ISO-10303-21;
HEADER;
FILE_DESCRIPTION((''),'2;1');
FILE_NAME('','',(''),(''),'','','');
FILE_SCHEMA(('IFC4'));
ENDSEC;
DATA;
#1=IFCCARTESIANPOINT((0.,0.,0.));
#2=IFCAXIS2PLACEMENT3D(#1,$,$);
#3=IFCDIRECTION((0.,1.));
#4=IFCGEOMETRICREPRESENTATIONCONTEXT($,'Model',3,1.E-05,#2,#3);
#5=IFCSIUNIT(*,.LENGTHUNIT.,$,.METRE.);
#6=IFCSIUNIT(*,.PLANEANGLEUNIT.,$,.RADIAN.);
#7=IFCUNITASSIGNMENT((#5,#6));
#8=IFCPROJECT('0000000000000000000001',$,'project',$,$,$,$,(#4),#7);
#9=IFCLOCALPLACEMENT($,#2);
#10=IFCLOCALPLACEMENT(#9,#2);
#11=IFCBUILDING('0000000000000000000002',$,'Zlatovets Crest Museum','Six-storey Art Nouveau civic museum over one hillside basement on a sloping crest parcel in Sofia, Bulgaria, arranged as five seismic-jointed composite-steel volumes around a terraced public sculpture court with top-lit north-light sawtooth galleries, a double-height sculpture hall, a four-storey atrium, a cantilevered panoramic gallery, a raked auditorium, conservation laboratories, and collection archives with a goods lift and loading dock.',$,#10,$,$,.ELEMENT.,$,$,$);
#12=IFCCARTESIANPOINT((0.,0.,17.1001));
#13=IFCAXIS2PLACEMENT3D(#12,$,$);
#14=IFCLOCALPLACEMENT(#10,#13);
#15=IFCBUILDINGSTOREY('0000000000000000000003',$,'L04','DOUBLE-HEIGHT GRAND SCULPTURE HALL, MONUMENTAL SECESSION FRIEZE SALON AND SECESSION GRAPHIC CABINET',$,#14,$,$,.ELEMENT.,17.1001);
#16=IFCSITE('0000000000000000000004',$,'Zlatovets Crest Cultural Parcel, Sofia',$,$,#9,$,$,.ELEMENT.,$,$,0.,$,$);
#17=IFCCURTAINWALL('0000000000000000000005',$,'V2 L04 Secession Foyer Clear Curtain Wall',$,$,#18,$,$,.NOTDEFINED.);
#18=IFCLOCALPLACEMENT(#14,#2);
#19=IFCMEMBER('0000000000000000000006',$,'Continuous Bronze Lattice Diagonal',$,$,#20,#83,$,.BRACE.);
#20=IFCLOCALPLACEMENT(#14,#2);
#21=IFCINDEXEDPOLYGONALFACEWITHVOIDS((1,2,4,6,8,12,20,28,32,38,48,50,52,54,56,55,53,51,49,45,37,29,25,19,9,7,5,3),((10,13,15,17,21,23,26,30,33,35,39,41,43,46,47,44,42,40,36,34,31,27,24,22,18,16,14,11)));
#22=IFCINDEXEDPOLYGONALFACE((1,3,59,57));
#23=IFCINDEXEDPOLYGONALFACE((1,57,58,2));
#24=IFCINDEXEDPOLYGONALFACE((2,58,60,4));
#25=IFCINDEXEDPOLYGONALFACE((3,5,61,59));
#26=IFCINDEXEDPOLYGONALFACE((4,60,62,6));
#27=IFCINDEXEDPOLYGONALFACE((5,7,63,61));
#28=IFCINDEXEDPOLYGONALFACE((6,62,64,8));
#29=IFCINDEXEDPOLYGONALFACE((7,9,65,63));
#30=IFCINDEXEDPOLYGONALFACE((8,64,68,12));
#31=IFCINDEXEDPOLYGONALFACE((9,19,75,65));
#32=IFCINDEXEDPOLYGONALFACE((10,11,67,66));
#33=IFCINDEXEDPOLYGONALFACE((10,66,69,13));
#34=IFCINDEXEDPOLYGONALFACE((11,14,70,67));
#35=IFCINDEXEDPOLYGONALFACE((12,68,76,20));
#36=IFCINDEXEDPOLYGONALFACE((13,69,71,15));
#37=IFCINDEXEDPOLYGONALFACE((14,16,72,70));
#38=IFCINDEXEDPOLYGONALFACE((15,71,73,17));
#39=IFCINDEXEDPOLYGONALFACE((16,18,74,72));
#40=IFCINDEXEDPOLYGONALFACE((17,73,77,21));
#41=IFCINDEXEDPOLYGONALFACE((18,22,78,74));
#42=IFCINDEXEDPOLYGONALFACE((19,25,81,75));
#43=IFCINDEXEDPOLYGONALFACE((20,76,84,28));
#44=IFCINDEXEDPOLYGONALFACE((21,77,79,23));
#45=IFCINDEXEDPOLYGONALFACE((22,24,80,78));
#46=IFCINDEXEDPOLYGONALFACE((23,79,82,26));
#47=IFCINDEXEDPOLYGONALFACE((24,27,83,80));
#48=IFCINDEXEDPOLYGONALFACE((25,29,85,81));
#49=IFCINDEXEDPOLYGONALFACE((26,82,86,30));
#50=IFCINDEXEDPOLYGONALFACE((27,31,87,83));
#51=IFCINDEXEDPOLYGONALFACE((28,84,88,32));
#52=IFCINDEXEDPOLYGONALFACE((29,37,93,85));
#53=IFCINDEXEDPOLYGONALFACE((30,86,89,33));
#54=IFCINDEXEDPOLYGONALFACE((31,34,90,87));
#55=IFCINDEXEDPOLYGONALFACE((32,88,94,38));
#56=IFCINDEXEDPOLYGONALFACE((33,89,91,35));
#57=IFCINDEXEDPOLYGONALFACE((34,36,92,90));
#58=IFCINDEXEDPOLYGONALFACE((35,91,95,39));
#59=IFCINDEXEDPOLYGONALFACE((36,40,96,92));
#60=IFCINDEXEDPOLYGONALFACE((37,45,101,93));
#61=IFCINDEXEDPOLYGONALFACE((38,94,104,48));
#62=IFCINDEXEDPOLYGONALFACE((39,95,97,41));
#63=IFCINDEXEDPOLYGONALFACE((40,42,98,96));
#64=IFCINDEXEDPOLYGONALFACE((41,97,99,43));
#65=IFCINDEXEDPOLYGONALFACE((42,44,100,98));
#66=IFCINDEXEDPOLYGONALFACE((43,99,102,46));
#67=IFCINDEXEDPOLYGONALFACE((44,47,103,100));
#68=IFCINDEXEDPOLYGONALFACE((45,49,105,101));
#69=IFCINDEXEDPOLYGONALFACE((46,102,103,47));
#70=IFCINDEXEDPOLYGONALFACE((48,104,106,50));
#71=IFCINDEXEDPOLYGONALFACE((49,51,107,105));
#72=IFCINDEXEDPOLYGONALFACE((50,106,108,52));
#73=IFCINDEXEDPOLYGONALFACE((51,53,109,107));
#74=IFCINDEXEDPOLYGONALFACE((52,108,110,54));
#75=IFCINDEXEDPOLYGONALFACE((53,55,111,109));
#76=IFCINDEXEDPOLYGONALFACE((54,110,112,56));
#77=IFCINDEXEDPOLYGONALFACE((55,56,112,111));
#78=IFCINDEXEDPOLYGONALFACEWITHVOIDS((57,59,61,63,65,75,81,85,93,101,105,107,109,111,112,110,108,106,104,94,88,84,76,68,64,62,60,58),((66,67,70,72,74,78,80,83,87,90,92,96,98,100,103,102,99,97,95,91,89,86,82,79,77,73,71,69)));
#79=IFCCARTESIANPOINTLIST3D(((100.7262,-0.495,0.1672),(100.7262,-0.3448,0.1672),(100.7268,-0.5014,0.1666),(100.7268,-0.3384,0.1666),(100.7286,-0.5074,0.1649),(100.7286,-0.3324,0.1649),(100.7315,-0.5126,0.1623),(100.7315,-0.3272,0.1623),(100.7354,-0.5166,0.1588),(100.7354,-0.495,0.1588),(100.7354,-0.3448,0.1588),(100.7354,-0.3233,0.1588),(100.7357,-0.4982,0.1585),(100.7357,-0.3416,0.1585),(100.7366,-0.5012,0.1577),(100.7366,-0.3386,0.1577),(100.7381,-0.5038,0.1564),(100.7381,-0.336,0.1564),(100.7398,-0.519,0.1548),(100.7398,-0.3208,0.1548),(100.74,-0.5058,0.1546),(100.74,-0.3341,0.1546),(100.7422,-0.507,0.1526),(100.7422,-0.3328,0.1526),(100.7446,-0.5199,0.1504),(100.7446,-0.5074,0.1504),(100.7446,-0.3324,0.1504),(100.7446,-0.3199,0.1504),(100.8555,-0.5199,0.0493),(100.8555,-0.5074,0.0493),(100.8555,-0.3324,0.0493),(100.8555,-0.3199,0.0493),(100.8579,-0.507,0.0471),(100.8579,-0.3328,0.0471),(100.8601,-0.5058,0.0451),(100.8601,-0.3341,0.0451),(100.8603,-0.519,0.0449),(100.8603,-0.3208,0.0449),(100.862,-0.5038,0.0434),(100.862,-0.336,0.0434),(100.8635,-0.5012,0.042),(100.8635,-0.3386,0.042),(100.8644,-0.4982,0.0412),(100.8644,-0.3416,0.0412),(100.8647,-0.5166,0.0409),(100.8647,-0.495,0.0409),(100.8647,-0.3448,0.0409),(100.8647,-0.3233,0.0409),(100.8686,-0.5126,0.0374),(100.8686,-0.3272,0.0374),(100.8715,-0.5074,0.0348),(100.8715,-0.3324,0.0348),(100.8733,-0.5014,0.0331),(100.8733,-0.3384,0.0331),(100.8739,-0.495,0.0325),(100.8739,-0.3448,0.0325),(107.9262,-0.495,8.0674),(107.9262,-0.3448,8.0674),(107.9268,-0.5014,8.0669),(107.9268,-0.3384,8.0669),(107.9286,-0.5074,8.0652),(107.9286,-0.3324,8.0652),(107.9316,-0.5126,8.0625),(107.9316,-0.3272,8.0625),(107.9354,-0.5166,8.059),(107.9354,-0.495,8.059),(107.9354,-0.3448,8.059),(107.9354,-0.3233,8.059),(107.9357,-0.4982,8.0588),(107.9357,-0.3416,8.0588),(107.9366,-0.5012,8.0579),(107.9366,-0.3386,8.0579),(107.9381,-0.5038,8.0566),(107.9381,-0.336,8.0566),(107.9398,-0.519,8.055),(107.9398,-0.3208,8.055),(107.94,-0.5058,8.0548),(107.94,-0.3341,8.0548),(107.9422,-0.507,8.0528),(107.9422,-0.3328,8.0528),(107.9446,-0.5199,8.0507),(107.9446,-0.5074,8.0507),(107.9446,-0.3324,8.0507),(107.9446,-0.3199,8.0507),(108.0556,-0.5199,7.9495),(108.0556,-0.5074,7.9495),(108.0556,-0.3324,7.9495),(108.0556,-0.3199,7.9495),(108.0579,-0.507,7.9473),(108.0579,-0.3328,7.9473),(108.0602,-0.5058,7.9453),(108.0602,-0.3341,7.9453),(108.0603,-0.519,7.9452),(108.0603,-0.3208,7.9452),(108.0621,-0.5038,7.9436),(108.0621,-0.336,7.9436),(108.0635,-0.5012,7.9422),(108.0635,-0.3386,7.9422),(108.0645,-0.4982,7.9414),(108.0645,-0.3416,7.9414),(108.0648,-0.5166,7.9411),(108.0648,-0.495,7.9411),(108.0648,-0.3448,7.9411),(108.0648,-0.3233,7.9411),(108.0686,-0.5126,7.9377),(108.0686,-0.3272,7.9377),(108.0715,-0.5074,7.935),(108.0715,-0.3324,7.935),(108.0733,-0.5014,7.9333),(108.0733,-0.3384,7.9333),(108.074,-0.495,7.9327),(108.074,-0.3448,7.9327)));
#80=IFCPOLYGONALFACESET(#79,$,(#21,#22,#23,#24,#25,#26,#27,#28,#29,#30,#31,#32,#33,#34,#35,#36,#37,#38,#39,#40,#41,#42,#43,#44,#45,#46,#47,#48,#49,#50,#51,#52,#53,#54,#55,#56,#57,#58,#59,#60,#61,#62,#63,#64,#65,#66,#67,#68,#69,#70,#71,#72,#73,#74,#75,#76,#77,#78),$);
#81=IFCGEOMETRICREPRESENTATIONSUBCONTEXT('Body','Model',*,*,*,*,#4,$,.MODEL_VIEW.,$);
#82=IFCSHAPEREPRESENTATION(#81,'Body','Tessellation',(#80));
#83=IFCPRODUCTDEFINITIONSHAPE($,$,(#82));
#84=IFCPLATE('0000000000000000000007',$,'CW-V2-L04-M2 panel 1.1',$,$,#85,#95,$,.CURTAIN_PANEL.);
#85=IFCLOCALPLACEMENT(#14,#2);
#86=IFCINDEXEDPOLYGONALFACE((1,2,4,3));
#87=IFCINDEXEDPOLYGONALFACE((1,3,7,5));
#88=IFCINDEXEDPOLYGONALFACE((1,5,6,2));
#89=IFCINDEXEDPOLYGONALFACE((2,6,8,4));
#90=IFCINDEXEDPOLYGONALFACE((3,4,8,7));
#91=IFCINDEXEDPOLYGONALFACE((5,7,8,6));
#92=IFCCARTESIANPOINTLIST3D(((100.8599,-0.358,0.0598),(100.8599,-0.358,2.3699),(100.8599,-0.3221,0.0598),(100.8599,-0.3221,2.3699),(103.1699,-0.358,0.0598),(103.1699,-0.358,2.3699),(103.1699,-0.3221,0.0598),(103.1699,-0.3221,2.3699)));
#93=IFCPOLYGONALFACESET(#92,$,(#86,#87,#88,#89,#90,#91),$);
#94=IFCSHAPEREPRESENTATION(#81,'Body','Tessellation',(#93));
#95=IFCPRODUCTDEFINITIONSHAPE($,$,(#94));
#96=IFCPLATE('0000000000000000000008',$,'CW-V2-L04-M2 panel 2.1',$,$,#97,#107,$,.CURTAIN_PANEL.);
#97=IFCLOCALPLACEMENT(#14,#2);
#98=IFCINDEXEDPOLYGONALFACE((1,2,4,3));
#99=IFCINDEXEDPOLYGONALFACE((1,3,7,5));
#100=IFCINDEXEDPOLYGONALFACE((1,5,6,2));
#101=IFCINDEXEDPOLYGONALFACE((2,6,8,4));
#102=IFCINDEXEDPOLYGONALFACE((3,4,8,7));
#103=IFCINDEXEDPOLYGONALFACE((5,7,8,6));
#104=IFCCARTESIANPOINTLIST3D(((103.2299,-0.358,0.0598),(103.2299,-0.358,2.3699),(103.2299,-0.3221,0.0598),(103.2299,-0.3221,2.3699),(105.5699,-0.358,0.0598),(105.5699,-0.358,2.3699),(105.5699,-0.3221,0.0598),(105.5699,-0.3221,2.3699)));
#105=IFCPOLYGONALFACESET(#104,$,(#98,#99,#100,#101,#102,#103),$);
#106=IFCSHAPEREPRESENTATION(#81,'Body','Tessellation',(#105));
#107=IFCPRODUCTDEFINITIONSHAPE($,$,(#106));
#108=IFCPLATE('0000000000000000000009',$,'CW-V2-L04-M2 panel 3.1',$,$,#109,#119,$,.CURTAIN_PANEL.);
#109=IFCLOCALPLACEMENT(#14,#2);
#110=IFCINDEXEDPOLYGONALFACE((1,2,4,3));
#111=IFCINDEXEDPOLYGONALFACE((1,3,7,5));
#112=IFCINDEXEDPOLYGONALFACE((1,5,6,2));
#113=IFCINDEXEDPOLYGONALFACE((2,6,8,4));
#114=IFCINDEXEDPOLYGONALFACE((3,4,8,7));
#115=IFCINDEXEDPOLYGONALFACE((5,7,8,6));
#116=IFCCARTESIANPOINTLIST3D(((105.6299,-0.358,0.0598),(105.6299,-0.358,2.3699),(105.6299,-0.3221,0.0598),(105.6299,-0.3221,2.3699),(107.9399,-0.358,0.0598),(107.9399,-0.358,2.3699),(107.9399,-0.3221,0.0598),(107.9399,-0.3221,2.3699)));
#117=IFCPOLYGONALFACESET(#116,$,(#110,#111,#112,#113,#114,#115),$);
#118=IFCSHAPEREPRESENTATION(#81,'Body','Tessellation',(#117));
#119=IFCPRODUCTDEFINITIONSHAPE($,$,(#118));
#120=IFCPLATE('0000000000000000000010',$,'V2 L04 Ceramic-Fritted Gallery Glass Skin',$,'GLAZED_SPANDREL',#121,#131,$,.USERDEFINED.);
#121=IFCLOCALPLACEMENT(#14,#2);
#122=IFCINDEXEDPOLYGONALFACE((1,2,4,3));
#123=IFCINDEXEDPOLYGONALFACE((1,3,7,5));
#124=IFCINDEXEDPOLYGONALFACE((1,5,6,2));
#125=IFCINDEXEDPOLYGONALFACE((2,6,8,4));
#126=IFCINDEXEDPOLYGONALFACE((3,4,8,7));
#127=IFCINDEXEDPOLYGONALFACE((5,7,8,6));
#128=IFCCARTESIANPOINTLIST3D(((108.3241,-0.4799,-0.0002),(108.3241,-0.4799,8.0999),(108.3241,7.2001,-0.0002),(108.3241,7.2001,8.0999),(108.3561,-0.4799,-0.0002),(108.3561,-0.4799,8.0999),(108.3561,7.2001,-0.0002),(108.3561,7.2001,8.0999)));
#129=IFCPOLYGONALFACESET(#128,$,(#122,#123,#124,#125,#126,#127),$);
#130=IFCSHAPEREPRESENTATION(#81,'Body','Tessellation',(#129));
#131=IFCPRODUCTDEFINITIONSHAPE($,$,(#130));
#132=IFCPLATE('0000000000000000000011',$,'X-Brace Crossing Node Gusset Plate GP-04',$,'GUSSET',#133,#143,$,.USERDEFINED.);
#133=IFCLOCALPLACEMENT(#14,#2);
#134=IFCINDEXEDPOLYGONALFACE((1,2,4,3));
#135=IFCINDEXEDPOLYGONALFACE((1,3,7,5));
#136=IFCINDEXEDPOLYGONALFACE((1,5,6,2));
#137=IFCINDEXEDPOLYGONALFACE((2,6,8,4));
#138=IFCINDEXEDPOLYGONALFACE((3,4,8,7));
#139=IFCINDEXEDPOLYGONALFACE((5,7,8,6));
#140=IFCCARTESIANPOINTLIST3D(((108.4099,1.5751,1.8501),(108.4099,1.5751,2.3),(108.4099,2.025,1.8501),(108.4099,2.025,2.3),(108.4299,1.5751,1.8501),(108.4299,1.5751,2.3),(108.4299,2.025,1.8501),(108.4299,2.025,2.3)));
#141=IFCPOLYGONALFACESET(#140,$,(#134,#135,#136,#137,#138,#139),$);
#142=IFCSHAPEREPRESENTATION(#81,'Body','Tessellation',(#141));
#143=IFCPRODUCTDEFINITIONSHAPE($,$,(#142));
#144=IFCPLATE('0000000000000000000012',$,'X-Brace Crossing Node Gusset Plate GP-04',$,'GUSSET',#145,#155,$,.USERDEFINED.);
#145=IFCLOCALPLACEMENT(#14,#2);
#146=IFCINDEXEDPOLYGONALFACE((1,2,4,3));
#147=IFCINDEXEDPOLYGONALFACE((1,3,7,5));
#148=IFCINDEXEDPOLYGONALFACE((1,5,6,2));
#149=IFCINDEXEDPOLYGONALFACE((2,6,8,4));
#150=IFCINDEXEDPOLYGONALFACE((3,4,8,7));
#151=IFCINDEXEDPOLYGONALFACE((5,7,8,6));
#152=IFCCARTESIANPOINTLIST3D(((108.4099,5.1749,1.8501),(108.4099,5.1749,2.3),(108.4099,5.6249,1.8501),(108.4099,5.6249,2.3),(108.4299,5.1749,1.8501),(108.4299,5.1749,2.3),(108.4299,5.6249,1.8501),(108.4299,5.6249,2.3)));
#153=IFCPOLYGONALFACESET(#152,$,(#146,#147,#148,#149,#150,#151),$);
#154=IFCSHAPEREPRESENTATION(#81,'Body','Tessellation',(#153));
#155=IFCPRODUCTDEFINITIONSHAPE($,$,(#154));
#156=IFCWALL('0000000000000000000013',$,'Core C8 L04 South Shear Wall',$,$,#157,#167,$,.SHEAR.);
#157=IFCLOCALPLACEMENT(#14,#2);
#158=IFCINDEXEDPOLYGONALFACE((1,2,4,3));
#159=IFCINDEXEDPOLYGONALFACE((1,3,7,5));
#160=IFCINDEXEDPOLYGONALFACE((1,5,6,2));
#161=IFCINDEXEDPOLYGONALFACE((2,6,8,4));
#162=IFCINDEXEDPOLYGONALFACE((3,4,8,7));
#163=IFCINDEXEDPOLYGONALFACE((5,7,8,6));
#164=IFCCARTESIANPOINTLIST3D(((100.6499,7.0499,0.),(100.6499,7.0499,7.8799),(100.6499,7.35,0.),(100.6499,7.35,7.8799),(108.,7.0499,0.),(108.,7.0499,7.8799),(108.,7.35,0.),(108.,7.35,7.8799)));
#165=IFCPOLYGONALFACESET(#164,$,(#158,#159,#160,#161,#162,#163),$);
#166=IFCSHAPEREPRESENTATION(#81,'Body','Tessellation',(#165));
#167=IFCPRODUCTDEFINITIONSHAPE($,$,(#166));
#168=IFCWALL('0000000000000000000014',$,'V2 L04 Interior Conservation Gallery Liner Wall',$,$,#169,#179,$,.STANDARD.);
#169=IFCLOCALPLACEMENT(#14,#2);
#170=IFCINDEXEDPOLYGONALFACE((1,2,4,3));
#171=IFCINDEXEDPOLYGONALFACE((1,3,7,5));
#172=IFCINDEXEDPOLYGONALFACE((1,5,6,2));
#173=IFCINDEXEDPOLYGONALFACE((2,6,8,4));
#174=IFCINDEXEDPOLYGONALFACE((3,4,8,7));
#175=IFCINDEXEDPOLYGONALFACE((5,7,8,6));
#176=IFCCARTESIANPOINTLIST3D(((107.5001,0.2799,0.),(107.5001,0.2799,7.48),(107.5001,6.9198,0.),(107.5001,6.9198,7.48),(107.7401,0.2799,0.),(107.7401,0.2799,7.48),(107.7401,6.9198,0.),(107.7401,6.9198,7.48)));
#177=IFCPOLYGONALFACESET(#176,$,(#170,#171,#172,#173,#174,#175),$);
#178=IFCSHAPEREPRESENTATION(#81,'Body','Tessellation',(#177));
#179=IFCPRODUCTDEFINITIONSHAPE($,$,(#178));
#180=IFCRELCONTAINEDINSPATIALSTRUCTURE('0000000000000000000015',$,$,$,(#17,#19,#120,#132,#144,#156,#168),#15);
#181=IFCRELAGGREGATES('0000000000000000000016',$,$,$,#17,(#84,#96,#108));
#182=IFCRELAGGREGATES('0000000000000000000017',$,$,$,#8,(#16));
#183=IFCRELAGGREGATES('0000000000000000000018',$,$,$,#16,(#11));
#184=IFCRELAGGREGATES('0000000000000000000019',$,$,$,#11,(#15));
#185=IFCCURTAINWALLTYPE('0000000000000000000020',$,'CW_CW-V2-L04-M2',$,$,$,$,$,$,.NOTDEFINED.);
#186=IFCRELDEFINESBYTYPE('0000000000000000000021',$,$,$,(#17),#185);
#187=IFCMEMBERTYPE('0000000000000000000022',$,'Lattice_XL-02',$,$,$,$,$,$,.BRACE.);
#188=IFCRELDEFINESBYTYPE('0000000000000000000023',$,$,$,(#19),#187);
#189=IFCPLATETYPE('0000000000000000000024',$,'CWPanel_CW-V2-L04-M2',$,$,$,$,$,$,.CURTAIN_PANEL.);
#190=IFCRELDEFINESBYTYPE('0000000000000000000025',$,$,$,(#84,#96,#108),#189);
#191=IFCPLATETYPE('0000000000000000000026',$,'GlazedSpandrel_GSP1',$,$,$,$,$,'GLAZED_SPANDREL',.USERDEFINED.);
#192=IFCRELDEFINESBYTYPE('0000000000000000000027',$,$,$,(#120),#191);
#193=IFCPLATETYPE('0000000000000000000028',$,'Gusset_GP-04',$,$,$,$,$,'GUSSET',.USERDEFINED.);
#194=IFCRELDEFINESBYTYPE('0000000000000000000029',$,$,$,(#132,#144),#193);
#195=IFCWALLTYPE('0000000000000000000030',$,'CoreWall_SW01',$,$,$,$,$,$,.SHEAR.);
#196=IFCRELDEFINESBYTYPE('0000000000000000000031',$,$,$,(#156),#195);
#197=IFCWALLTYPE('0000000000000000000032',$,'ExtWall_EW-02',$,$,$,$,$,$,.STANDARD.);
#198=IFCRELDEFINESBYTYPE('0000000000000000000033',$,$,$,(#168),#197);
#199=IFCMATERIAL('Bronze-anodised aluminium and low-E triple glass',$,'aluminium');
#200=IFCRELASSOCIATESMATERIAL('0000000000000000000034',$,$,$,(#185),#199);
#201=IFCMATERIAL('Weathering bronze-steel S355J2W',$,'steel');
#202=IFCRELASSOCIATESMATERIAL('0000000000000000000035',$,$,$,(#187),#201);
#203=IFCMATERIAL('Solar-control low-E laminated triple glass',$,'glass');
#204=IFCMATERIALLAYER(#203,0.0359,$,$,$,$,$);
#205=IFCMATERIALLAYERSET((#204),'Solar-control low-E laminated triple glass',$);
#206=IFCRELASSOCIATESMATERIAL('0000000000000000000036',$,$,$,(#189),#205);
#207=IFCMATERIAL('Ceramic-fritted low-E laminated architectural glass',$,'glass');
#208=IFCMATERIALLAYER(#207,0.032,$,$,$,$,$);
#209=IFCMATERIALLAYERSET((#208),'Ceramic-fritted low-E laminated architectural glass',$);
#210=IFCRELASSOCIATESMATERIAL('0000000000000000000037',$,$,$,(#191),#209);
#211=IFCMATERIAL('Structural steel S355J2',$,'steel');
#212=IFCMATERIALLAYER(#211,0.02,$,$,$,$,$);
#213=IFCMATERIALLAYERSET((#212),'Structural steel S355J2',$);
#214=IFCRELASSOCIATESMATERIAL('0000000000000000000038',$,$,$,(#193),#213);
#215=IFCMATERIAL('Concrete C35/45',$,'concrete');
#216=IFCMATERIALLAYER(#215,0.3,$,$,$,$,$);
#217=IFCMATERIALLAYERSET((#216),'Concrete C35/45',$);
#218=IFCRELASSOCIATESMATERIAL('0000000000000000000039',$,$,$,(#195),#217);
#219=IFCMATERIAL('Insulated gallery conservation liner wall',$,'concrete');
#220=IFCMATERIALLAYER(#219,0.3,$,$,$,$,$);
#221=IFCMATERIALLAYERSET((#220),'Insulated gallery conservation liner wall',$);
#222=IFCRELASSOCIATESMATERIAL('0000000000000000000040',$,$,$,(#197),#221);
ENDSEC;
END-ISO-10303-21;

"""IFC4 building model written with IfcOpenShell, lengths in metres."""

from ifc_helpers import new_model, si_unit, direction, frame, frame_2d, origin, origin_2d, place, context, subcontext, project, spatial, rectangle, hollow_rectangle, extrude, material, layer, layer_set, material_profile, profile_set, type_object, element, aggregate, save


model = new_model("IFC4")

# Units and contexts
model_context = context("Model", 3, precision=1e-05, world=origin(), true_north=direction((0.0, 1.0)))
body_context = subcontext(model_context, "Body", "Model", "MODEL_VIEW")
ifc_project = project(units=[si_unit("LENGTHUNIT", "METRE"), si_unit("PLANEANGLEUNIT", "RADIAN")], contexts=[model_context])

# Site, building, storey
site_placement = place(None, origin())
site = spatial("IfcSite", under=ifc_project, at=site_placement, Name="Zlatovets Crest Cultural Parcel, Sofia", CompositionType="ELEMENT", RefElevation=0.0)
building_placement = place(site_placement, origin())
building = spatial("IfcBuilding", under=site, at=building_placement, Name="Zlatovets Crest Museum", Description="Six-storey Art Nouveau civic museum over one hillside basement on a sloping crest parcel in Sofia, Bulgaria, arranged as five seismic-jointed composite-steel volumes around a terraced public sculpture court with top-lit north-light sawtooth galleries, a double-height sculpture hall, a four-storey atrium, a cantilevered panoramic gallery, a raked auditorium, conservation laboratories, and collection archives with a goods lift and loading dock.", CompositionType="ELEMENT")
storey_placement = place(building_placement, frame((0.0, 0.0, 17.1001)))
storey = spatial("IfcBuildingStorey", under=building, at=storey_placement, Name="L04", Description="DOUBLE-HEIGHT GRAND SCULPTURE HALL, MONUMENTAL SECESSION FRIEZE SALON AND SECESSION GRAPHIC CABINET", CompositionType="ELEMENT", Elevation=17.1001)

# Shared definitions
ifc_material_1 = material(Name="Structural steel S355J2", Category="steel")

# Shared definitions
ifc_material_2 = material(Name="Bronze-anodised aluminium and low-E triple glass", Category="aluminium")

# Curtain wall
curtain_wall_type_1 = type_object("IfcCurtainWallType", Name="CW_CW-V2-L04-M2", PredefinedType="NOTDEFINED", material=ifc_material_2)
curtain_wall_1_placement = place(storey_placement, origin())
curtain_wall_1 = element("IfcCurtainWall", 1, at=curtain_wall_1_placement, inside=storey, type_object=curtain_wall_type_1, Name="V2 L04 Secession Foyer Clear Curtain Wall", PredefinedType="NOTDEFINED")

# Member
ifc_material_3 = material(Name="Weathering bronze-steel S355J2W", Category="steel")
ifc_material_profile_1 = material_profile(ifc_material_3, hollow_rectangle(XDim=0.2, YDim=0.2, WallThickness=0.0125, InnerFilletRadius=0.0125, OuterFilletRadius=0.0249, at=origin_2d()), Name="SHS 200x200x12.5")
ifc_profile_set_1 = profile_set([ifc_material_profile_1], Name="Weathering bronze-steel S355J2W")
member_type_1 = type_object("IfcMemberType", Name="Lattice_XL-02", PredefinedType="BRACE", material=ifc_profile_set_1)
member_1_placement = place(storey_placement, frame((100.8, -0.4199, 0.0999), z_axis=(0.673594, 0.0, 0.739101), x_axis=(0.0, 1.0, 0.0)))
element("IfcMember", 2, at=member_1_placement, inside=storey, type_object=member_type_1, Name="Continuous Bronze Lattice Diagonal", PredefinedType="BRACE", context=body_context, shape_type="SweptSolid", body=[
    extrude(hollow_rectangle(XDim=0.2, YDim=0.2, WallThickness=0.0125, InnerFilletRadius=0.0125, OuterFilletRadius=0.0249, at=origin_2d()), origin(), (0.0, 0.0, 1.0), 10.689),
])

# Plates
ifc_material_4 = material(Name="Solar-control low-E laminated triple glass", Category="glass")
ifc_layer_1 = layer(ifc_material_4, 0.0359)
ifc_layer_set_1 = layer_set([ifc_layer_1], Name="Solar-control low-E laminated triple glass")
plate_type_1 = type_object("IfcPlateType", Name="CWPanel_CW-V2-L04-M2", PredefinedType="CURTAIN_PANEL", material=ifc_layer_set_1)
plate_1_placement = place(storey_placement, frame((102.0149, -0.3401, 0.0598), z_axis=(0.0, 0.0, 1.0), x_axis=(1.0, 0.0, 0.0)))
plate_1 = element("IfcPlate", 3, at=plate_1_placement, type_object=plate_type_1, Name="CW-V2-L04-M2 panel 1.1", PredefinedType="CURTAIN_PANEL", context=body_context, shape_type="SweptSolid", body=[
    extrude(rectangle(XDim=2.3101, YDim=0.0359, at=origin_2d()), origin(), (0.0, 0.0, 1.0), 2.3101),
])
plate_2_placement = place(storey_placement, frame((104.3999, -0.3401, 0.0598), z_axis=(0.0, 0.0, 1.0), x_axis=(1.0, 0.0, 0.0)))
plate_2 = element("IfcPlate", 4, at=plate_2_placement, type_object=plate_type_1, Name="CW-V2-L04-M2 panel 2.1", PredefinedType="CURTAIN_PANEL", context=body_context, shape_type="SweptSolid", body=[
    extrude(rectangle(XDim=2.3401, YDim=0.0359, at=origin_2d()), origin(), (0.0, 0.0, 1.0), 2.3101),
])
plate_3_placement = place(storey_placement, frame((106.7849, -0.3401, 0.0598), z_axis=(0.0, 0.0, 1.0), x_axis=(1.0, 0.0, 0.0)))
plate_3 = element("IfcPlate", 5, at=plate_3_placement, type_object=plate_type_1, Name="CW-V2-L04-M2 panel 3.1", PredefinedType="CURTAIN_PANEL", context=body_context, shape_type="SweptSolid", body=[
    extrude(rectangle(XDim=2.3101, YDim=0.0359, at=origin_2d()), origin(), (0.0, 0.0, 1.0), 2.3101),
])
aggregate(curtain_wall_1, [plate_1, plate_2, plate_3])

# Plates
ifc_material_5 = material(Name="Ceramic-fritted low-E laminated architectural glass", Category="glass")
ifc_layer_2 = layer(ifc_material_5, 0.032)
ifc_layer_set_2 = layer_set([ifc_layer_2], Name="Ceramic-fritted low-E laminated architectural glass")
plate_type_2 = type_object("IfcPlateType", Name="GlazedSpandrel_GSP1", ElementType="GLAZED_SPANDREL", PredefinedType="USERDEFINED", material=ifc_layer_set_2)
plate_4_placement = place(storey_placement, frame((108.3401, 3.3601, -0.0002), z_axis=(0.0, 0.0, 1.0), x_axis=(0.0, 1.0, 0.0)))
element("IfcPlate", 6, at=plate_4_placement, inside=storey, type_object=plate_type_2, Name="V2 L04 Ceramic-Fritted Gallery Glass Skin", ObjectType="GLAZED_SPANDREL", PredefinedType="USERDEFINED", context=body_context, shape_type="SweptSolid", body=[
    extrude(rectangle(XDim=7.6799, YDim=0.032, at=origin_2d()), origin(), (0.0, 0.0, 1.0), 8.1001),
])
ifc_layer_3 = layer(ifc_material_1, 0.02)
ifc_layer_set_3 = layer_set([ifc_layer_3], Name="Structural steel S355J2")
plate_type_3 = type_object("IfcPlateType", Name="Gusset_GP-04", ElementType="GUSSET", PredefinedType="USERDEFINED", material=ifc_layer_set_3)
for number, where, z_axis, x_axis, name in (
    (7, (108.4199, 1.8, 1.8501), (0.0, 0.0, 1.0), (1.0, 0.0, 0.0), "X-Brace Crossing Node Gusset Plate GP-04"),
    (8, (108.4199, 5.3999, 1.8501), (0.0, 0.0, 1.0), (1.0, 0.0, 0.0), "X-Brace Crossing Node Gusset Plate GP-04"),
):
    element("IfcPlate", number, at=place(storey_placement, frame(where, z_axis=z_axis, x_axis=x_axis)), inside=storey, type_object=plate_type_3, Name=name, ObjectType="GUSSET", PredefinedType="USERDEFINED", context=body_context, shape_type="SweptSolid", body=[
        extrude(rectangle(XDim=0.02, YDim=0.45, at=origin_2d()), origin(), (0.0, 0.0, 1.0), 0.45),
    ])

# Walls
ifc_material_6 = material(Name="Concrete C35/45", Category="concrete")
ifc_layer_4 = layer(ifc_material_6, 0.3)
ifc_layer_set_4 = layer_set([ifc_layer_4], Name="Concrete C35/45")
wall_type_1 = type_object("IfcWallType", Name="CoreWall_SW01", PredefinedType="SHEAR", material=ifc_layer_set_4)
wall_1_placement = place(storey_placement, frame((100.6499, 7.2, 0.0), z_axis=(0.0, 0.0, 1.0), x_axis=(1.0, 0.0, 0.0)))
element("IfcWall", 9, at=wall_1_placement, inside=storey, type_object=wall_type_1, Name="Core C8 L04 South Shear Wall", PredefinedType="SHEAR", context=body_context, shape_type="SweptSolid", body=[
    extrude(rectangle(XDim=7.3501, YDim=0.3, at=frame_2d((3.675, 0.0))), origin(), (0.0, 0.0, 1.0), 7.8799),
])
ifc_material_7 = material(Name="Insulated gallery conservation liner wall", Category="concrete")
ifc_layer_5 = layer(ifc_material_7, 0.3)
ifc_layer_set_5 = layer_set([ifc_layer_5], Name="Insulated gallery conservation liner wall")
wall_type_2 = type_object("IfcWallType", Name="ExtWall_EW-02", PredefinedType="STANDARD", material=ifc_layer_set_5)
wall_2_placement = place(storey_placement, frame((107.6201, 0.28, 0.0), z_axis=(0.0, 0.0, 1.0), x_axis=(0.0, 1.0, 0.0)))
element("IfcWall", 10, at=wall_2_placement, inside=storey, type_object=wall_type_2, Name="V2 L04 Interior Conservation Gallery Liner Wall", PredefinedType="STANDARD", context=body_context, shape_type="SweptSolid", body=[
    extrude(rectangle(XDim=6.6399, YDim=0.24, at=frame_2d((3.3198, 0.0))), origin(), (0.0, 0.0, 1.0), 7.48),
])

save(model, "model.ifc")
